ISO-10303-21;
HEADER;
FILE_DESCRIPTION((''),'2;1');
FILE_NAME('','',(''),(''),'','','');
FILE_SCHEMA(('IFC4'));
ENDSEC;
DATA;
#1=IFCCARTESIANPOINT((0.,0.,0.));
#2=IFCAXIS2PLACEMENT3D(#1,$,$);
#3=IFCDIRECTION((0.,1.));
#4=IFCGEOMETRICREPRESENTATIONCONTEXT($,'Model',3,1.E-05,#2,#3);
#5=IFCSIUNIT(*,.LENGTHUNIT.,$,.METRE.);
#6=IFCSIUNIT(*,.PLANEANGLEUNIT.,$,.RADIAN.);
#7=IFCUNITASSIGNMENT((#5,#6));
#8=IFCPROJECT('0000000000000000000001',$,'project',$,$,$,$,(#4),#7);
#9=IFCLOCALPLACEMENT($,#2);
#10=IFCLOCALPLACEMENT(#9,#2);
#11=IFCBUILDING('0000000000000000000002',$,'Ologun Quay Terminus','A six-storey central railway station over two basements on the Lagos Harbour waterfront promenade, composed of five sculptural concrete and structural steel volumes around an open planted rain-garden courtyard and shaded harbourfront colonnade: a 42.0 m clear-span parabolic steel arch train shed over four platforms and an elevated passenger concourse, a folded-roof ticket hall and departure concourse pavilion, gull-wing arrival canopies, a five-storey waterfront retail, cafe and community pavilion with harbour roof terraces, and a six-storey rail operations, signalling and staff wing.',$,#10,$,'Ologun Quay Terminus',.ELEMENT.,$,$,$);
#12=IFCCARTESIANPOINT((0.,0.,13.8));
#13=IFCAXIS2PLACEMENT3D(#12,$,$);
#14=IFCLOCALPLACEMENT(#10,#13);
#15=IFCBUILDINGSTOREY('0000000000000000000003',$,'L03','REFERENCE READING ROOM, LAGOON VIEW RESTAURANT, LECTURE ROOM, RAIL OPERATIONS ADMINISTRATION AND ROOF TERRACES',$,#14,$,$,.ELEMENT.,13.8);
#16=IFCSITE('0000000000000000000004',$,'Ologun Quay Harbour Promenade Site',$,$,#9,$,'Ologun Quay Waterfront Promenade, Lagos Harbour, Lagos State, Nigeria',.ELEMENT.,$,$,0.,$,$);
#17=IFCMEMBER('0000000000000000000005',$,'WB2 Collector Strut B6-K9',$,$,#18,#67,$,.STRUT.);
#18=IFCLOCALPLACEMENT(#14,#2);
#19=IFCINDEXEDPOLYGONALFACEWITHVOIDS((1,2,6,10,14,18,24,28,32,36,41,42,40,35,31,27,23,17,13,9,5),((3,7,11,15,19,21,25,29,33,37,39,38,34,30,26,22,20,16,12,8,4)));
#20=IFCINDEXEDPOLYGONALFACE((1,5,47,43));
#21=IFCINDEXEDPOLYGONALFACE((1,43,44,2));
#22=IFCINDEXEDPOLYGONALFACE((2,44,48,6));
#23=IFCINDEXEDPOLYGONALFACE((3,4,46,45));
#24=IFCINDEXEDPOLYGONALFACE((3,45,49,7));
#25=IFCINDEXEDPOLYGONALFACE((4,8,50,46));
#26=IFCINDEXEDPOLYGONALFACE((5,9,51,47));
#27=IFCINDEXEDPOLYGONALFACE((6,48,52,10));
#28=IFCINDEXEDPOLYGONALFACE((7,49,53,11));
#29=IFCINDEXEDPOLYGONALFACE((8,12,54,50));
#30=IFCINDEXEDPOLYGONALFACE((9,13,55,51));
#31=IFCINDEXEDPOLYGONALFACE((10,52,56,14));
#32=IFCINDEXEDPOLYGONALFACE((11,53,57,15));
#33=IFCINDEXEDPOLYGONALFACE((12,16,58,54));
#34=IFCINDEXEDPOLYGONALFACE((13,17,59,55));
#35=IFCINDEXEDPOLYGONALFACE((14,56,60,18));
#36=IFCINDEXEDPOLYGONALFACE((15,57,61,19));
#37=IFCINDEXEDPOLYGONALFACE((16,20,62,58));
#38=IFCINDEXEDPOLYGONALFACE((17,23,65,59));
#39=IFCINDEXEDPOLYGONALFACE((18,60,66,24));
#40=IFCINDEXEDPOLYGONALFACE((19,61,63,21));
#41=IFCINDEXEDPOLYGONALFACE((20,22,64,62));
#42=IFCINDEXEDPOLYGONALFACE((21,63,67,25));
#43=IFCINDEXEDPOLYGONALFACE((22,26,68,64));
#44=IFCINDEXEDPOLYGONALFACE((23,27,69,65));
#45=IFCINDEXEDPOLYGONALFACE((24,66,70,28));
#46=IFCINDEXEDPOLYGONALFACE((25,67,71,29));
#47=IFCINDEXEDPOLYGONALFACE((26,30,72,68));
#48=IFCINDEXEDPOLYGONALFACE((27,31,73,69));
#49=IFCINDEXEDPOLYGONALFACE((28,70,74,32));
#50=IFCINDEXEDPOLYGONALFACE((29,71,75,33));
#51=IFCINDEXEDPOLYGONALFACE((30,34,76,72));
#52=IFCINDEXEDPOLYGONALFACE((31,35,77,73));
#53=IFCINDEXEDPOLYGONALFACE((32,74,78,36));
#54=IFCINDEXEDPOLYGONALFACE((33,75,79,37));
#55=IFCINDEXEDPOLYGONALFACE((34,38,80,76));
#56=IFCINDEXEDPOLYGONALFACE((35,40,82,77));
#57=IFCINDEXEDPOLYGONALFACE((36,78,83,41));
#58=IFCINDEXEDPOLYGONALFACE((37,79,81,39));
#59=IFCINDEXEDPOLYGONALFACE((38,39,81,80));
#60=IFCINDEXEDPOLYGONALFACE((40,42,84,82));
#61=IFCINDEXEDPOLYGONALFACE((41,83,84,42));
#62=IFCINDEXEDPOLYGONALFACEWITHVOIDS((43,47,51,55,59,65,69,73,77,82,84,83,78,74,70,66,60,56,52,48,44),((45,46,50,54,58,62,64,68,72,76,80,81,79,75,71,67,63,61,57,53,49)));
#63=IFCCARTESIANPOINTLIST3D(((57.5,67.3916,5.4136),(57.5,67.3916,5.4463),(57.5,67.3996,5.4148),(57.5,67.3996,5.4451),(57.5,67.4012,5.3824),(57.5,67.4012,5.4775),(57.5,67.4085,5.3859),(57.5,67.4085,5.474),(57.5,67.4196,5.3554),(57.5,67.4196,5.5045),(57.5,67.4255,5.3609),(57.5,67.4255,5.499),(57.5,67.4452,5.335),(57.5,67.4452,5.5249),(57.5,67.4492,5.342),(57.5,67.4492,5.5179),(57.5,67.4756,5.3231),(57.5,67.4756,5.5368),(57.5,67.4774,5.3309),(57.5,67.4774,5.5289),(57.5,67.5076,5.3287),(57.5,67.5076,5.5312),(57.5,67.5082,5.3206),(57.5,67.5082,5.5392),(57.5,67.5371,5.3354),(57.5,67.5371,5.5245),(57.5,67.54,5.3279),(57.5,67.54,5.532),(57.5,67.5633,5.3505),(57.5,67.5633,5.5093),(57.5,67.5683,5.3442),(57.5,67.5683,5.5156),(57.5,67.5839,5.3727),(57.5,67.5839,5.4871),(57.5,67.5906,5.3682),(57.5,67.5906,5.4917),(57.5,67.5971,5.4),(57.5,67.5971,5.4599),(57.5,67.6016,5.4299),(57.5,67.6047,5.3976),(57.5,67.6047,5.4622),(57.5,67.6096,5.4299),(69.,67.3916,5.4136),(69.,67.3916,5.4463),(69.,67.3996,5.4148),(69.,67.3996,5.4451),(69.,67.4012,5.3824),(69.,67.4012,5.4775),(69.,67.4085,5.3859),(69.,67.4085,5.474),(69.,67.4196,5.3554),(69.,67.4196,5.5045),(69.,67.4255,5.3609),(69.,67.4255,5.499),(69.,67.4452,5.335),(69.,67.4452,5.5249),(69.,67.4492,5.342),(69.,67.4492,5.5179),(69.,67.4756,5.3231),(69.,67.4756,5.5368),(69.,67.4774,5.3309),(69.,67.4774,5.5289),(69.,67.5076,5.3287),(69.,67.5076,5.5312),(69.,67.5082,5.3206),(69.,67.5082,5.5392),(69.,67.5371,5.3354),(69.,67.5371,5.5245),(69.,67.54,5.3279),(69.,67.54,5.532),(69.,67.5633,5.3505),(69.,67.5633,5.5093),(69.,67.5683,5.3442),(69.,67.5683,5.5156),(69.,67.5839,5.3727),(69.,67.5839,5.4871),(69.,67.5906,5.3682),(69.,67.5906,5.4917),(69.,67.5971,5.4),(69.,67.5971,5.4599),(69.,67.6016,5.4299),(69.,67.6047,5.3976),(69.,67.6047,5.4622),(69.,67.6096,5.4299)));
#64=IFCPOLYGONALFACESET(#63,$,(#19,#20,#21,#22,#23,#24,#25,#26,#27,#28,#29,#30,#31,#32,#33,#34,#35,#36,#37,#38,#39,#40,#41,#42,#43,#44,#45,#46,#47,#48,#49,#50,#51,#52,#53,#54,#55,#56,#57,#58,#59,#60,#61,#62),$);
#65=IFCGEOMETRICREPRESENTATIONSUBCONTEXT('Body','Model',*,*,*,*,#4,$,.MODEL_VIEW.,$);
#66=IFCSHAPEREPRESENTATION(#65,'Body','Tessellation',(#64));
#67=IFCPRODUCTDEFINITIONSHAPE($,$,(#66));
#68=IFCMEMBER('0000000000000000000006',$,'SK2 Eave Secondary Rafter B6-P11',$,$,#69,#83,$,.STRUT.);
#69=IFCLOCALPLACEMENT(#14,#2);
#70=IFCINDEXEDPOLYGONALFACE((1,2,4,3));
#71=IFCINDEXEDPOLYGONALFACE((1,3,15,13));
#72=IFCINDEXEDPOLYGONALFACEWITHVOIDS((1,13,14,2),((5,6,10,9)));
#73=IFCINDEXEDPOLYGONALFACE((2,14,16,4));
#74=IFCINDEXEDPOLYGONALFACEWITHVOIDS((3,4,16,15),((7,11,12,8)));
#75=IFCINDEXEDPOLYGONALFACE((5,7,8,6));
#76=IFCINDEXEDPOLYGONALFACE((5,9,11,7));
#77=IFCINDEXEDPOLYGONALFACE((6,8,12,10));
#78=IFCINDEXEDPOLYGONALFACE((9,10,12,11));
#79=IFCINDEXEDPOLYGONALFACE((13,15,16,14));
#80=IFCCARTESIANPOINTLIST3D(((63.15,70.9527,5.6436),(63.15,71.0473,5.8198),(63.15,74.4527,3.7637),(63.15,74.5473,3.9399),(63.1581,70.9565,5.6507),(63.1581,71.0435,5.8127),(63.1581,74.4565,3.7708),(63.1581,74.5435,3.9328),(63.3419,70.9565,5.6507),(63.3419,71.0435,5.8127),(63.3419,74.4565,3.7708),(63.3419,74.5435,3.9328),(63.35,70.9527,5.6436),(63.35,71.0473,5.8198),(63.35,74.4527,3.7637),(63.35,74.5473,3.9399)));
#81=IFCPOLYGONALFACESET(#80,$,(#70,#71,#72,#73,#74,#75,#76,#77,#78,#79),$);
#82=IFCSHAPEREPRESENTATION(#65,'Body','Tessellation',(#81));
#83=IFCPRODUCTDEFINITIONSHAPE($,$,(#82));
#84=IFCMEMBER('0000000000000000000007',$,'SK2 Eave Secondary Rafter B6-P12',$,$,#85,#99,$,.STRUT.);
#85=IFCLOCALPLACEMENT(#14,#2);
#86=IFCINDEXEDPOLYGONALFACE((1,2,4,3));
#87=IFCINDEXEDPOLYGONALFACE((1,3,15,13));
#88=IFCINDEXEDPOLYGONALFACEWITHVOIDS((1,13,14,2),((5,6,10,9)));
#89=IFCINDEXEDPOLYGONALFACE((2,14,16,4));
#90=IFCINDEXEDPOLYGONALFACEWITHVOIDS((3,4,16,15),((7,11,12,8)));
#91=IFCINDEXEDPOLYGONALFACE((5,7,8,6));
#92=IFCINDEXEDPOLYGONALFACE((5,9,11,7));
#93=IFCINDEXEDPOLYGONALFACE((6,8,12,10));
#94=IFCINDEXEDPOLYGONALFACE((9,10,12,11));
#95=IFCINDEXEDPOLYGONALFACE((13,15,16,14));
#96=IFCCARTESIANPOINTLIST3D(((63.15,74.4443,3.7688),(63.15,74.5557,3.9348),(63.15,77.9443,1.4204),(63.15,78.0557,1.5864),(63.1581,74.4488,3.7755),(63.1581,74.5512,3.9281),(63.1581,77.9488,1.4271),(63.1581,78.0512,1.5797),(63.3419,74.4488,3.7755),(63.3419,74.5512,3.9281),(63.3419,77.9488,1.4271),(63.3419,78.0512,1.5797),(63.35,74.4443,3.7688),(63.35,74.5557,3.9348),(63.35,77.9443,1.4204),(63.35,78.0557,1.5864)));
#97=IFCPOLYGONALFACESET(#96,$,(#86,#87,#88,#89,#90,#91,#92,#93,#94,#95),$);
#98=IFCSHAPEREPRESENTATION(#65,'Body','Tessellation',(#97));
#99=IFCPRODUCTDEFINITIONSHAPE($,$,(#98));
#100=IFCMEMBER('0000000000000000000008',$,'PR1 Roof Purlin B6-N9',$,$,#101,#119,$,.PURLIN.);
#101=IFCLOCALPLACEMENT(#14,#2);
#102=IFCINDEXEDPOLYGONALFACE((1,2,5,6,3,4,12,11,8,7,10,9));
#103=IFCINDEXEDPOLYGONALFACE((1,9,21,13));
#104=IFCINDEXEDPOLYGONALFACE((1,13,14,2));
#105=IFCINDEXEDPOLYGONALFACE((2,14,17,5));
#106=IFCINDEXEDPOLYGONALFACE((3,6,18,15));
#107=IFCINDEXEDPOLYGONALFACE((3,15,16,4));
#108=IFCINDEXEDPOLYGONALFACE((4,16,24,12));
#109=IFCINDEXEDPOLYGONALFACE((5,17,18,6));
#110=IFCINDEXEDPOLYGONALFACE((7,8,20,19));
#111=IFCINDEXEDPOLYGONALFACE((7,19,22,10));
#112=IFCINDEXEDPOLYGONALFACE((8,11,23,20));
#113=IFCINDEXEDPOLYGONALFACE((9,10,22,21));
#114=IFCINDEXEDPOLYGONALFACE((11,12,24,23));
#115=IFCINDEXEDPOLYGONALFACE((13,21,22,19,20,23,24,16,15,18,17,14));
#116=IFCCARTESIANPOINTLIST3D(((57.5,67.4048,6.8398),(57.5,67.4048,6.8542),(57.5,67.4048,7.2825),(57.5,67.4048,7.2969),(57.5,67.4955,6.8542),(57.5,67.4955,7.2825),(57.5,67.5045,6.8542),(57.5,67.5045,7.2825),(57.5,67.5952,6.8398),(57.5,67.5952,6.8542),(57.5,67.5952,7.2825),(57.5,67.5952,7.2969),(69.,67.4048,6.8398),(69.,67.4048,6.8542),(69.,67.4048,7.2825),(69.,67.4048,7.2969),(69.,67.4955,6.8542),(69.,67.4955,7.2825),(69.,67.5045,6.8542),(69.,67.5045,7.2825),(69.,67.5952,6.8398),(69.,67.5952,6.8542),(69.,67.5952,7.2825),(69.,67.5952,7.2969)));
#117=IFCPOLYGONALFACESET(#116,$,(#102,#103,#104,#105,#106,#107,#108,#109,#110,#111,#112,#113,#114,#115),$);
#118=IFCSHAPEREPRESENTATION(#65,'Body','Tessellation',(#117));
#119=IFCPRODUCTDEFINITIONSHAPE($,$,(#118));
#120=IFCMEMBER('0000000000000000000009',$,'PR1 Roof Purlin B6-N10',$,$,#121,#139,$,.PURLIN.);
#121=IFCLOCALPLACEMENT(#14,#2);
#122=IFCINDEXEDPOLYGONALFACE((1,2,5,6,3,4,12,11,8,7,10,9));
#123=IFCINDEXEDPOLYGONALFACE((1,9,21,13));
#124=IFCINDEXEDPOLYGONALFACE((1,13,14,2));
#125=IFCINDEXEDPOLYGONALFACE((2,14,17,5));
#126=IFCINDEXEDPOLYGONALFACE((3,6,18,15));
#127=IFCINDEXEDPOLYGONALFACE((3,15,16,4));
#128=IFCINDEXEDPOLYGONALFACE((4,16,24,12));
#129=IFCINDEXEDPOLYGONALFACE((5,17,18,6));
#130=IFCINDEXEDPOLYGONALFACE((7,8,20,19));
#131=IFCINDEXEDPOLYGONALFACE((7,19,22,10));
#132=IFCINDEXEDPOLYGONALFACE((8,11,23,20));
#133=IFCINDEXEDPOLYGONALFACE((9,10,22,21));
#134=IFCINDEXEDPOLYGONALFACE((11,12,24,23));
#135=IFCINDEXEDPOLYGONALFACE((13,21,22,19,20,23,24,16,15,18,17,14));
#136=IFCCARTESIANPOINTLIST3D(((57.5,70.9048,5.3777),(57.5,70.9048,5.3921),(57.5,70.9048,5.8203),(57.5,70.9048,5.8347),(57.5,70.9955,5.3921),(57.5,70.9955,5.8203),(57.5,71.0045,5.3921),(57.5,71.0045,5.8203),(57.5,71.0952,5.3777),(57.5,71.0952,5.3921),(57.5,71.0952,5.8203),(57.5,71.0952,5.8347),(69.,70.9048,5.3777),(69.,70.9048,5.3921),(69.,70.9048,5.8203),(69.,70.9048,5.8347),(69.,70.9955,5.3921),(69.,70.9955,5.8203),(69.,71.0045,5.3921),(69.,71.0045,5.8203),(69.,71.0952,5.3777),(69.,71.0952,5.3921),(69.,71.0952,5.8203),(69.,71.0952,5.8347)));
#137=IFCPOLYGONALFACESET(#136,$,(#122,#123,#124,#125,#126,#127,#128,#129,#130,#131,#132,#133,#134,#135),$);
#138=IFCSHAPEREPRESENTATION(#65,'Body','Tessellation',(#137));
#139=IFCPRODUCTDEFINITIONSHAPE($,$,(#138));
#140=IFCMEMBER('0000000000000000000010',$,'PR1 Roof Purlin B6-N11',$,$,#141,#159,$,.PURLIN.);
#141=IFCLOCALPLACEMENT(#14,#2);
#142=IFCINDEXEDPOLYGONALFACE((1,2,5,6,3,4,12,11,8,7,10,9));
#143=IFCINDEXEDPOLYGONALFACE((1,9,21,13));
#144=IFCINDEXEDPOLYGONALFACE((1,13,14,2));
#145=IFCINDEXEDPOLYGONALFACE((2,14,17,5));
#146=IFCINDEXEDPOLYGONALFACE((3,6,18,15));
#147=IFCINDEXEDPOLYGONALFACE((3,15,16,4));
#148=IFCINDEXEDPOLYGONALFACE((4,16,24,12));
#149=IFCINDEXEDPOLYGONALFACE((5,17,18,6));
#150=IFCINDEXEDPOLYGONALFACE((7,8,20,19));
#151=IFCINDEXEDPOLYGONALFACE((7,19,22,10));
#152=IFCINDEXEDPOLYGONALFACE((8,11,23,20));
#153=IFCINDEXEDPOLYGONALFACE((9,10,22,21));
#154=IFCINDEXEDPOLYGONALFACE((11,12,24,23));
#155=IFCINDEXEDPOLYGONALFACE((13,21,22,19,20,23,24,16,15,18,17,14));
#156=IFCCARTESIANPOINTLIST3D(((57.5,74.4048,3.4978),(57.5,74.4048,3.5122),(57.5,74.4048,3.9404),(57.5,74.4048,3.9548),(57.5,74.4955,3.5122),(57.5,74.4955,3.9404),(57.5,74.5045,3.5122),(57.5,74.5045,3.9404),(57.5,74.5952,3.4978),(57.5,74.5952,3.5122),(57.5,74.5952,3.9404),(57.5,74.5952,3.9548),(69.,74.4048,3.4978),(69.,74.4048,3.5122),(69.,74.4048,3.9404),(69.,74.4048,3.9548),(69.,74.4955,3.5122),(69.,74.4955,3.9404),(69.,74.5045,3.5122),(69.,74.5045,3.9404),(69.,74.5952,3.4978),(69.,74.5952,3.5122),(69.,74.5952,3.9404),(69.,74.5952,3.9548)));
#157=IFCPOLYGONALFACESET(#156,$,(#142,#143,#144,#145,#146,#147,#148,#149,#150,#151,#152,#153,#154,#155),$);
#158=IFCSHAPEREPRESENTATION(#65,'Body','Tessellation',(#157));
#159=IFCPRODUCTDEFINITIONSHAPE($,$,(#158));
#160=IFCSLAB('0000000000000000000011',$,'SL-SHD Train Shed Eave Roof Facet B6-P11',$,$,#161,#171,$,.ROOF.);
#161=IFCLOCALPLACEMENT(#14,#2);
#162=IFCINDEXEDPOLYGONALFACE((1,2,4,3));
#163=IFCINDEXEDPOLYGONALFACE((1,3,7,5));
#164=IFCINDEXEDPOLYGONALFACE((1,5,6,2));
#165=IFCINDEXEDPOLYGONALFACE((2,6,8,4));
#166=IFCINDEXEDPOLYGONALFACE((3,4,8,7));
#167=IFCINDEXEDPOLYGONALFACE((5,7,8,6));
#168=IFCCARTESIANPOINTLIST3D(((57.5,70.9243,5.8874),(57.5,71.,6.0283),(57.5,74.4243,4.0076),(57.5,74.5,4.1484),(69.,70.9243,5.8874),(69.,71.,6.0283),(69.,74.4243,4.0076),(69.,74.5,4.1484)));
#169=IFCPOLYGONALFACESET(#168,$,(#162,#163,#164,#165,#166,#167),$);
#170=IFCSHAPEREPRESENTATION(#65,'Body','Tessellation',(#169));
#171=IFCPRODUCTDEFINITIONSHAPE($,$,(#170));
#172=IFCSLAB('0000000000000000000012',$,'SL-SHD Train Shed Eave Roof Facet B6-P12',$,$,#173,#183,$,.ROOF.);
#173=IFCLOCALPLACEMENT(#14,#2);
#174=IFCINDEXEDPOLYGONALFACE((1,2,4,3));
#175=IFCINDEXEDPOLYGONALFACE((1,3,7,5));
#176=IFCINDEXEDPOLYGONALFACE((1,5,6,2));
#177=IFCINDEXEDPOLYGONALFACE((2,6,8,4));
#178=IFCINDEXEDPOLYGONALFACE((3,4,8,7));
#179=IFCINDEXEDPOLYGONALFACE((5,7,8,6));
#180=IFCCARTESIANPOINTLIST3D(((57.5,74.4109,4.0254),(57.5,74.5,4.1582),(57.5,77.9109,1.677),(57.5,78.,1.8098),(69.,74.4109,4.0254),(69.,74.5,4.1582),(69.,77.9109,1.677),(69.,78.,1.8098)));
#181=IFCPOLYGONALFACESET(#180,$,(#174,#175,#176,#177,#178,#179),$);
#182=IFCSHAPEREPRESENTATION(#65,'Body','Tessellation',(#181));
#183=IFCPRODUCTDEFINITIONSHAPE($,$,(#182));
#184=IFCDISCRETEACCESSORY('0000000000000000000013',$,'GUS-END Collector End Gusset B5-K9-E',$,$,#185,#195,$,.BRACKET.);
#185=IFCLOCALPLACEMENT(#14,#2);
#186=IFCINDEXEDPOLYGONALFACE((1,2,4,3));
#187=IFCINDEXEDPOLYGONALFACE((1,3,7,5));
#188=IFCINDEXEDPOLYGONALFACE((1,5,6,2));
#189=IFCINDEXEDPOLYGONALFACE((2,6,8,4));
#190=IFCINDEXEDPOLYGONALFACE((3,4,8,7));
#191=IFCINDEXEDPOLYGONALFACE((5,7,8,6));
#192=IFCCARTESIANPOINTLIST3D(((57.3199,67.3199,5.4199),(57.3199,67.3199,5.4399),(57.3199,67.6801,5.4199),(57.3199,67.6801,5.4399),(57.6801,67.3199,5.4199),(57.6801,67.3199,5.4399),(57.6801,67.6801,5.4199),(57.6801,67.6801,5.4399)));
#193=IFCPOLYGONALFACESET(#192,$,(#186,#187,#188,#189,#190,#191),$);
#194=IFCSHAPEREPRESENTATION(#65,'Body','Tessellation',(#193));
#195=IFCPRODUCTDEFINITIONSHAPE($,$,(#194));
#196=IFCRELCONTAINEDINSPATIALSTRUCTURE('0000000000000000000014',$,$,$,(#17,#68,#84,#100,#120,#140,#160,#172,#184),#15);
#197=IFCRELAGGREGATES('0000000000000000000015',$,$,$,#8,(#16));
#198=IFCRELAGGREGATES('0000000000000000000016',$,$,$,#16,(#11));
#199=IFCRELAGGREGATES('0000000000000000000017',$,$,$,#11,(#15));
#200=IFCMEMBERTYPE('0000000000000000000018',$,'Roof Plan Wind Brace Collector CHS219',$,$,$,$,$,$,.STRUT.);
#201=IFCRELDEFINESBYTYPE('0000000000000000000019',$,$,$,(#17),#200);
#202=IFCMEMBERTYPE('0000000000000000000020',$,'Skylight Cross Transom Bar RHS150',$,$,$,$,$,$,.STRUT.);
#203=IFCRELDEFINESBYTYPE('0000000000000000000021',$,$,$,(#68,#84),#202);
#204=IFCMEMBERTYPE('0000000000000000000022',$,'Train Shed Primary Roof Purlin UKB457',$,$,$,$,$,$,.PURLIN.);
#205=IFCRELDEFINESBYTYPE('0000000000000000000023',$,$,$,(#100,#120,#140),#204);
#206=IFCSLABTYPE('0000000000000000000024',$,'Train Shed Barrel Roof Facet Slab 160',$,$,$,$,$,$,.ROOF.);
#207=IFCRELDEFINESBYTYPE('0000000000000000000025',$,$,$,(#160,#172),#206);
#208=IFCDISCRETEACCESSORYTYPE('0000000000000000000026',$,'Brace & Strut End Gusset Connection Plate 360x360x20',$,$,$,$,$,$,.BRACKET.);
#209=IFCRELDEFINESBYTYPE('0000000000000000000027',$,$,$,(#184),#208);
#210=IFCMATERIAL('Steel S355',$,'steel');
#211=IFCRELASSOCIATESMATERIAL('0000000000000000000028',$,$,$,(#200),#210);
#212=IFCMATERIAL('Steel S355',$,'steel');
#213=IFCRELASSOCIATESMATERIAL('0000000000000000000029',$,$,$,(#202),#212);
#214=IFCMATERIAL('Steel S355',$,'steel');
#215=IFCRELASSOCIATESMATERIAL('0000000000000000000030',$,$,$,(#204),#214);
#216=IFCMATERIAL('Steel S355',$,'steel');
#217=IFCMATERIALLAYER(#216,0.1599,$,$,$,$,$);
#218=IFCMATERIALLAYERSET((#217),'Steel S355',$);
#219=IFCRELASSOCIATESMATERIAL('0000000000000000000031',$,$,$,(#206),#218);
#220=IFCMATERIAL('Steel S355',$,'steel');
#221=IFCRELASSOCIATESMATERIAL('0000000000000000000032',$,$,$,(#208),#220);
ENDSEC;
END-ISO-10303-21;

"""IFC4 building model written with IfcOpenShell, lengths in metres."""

from ifc_helpers import new_model, si_unit, direction, frame, origin, origin_2d, place, context, subcontext, project, spatial, polyline, rectangle, hollow_rectangle, hollow_circle, i_section, outline, extrude, material, layer, layer_set, material_profile, profile_set, type_object, element, save


model = new_model("IFC4")

# Units and contexts
model_context = context("Model", 3, precision=1e-05, world=origin(), true_north=direction((0.0, 1.0)))
body_context = subcontext(model_context, "Body", "Model", "MODEL_VIEW")
ifc_project = project(units=[si_unit("LENGTHUNIT", "METRE"), si_unit("PLANEANGLEUNIT", "RADIAN")], contexts=[model_context])

# Site, building, storey
site_placement = place(None, origin())
site = spatial("IfcSite", under=ifc_project, at=site_placement, Name="Ologun Quay Harbour Promenade Site", LongName="Ologun Quay Waterfront Promenade, Lagos Harbour, Lagos State, Nigeria", CompositionType="ELEMENT", RefElevation=0.0)
building_placement = place(site_placement, origin())
building = spatial("IfcBuilding", under=site, at=building_placement, Name="Ologun Quay Terminus", Description="A six-storey central railway station over two basements on the Lagos Harbour waterfront promenade, composed of five sculptural concrete and structural steel volumes around an open planted rain-garden courtyard and shaded harbourfront colonnade: a 42.0 m clear-span parabolic steel arch train shed over four platforms and an elevated passenger concourse, a folded-roof ticket hall and departure concourse pavilion, gull-wing arrival canopies, a five-storey waterfront retail, cafe and community pavilion with harbour roof terraces, and a six-storey rail operations, signalling and staff wing.", LongName="Ologun Quay Terminus", CompositionType="ELEMENT")
storey_placement = place(building_placement, frame((0.0, 0.0, 13.8)))
storey = spatial("IfcBuildingStorey", under=building, at=storey_placement, Name="L03", Description="REFERENCE READING ROOM, LAGOON VIEW RESTAURANT, LECTURE ROOM, RAIL OPERATIONS ADMINISTRATION AND ROOF TERRACES", CompositionType="ELEMENT", Elevation=13.8)

# Members
ifc_material_1 = material(Name="Steel S355", Category="steel")
ifc_material_profile_1 = material_profile(ifc_material_1, hollow_circle(Radius=0.1096, WallThickness=0.0081, at=origin_2d()), Name="CHS 219.1x8")
ifc_profile_set_1 = profile_set([ifc_material_profile_1], Name="Steel S355")
member_type_1 = type_object("IfcMemberType", Name="Roof Plan Wind Brace Collector CHS219", PredefinedType="STRUT", material=ifc_profile_set_1)
member_1_placement = place(storey_placement, frame((57.5, 67.5, 5.4299), z_axis=(1.0, 0.0, 0.0), x_axis=(0.0, 1.0, 0.0)))
element("IfcMember", 1, at=member_1_placement, inside=storey, type_object=member_type_1, Name="WB2 Collector Strut B6-K9", PredefinedType="STRUT", context=body_context, shape_type="SweptSolid", body=[
    extrude(hollow_circle(Radius=0.1096, WallThickness=0.0081, at=origin_2d()), origin(), (0.0, 0.0, 1.0), 11.5),
])
ifc_material_2 = material(Name="Steel S355", Category="steel")
ifc_material_profile_2 = material_profile(ifc_material_2, hollow_rectangle(XDim=0.2, YDim=0.2, WallThickness=0.0081, at=origin_2d()), Name="SHS 200x200x8")
ifc_profile_set_2 = profile_set([ifc_material_profile_2], Name="Steel S355")
member_type_2 = type_object("IfcMemberType", Name="Skylight Cross Transom Bar RHS150", PredefinedType="STRUT", material=ifc_profile_set_2)
member_2_placement = place(storey_placement, frame((63.25, 71.0, 5.7317), z_axis=(0.0, 0.880968, -0.473176), x_axis=(-1.0, 0.0, 0.0)))
element("IfcMember", 2, at=member_2_placement, inside=storey, type_object=member_type_2, Name="SK2 Eave Secondary Rafter B6-P11", PredefinedType="STRUT", context=body_context, shape_type="SweptSolid", body=[
    extrude(hollow_rectangle(XDim=0.2, YDim=0.2, WallThickness=0.0081, at=origin_2d()), origin(), (0.0, 0.0, 1.0), 3.9729),
])
member_3_placement = place(storey_placement, frame((63.25, 74.5, 3.8518), z_axis=(0.0, 0.830398, -0.557171), x_axis=(-1.0, 0.0, 0.0)))
element("IfcMember", 3, at=member_3_placement, inside=storey, type_object=member_type_2, Name="SK2 Eave Secondary Rafter B6-P12", PredefinedType="STRUT", context=body_context, shape_type="SweptSolid", body=[
    extrude(hollow_rectangle(XDim=0.2, YDim=0.2, WallThickness=0.0081, at=origin_2d()), origin(), (0.0, 0.0, 1.0), 4.2148),
])
ifc_material_3 = material(Name="Steel S355", Category="steel")
ifc_material_profile_3 = material_profile(ifc_material_3, i_section(OverallWidth=0.1904, OverallDepth=0.457, WebThickness=0.009, FlangeThickness=0.0144, at=origin_2d()), Name="UKB 457x191x74")
ifc_profile_set_3 = profile_set([ifc_material_profile_3], Name="Steel S355")
member_type_3 = type_object("IfcMemberType", Name="Train Shed Primary Roof Purlin UKB457", PredefinedType="PURLIN", material=ifc_profile_set_3)
for number, where, z_axis, x_axis, name in (
    (4, (57.5, 67.5, 7.0684), (1.0, 0.0, 0.0), (0.0, 1.0, 0.0), "PR1 Roof Purlin B6-N9"),
    (5, (57.5, 71.0, 5.6062), (1.0, 0.0, 0.0), (0.0, 1.0, 0.0), "PR1 Roof Purlin B6-N10"),
    (6, (57.5, 74.5, 3.7263), (1.0, 0.0, 0.0), (0.0, 1.0, 0.0), "PR1 Roof Purlin B6-N11"),
):
    element("IfcMember", number, at=place(storey_placement, frame(where, z_axis=z_axis, x_axis=x_axis)), inside=storey, type_object=member_type_3, Name=name, PredefinedType="PURLIN", context=body_context, shape_type="SweptSolid", body=[
        extrude(i_section(OverallWidth=0.1904, OverallDepth=0.457, WebThickness=0.009, FlangeThickness=0.0144, at=origin_2d()), origin(), (0.0, 0.0, 1.0), 11.5),
    ])

# Slabs
ifc_material_4 = material(Name="Steel S355", Category="steel")
ifc_layer = layer(ifc_material_4, 0.1599)
ifc_layer_set = layer_set([ifc_layer], Name="Steel S355")
slab_type = type_object("IfcSlabType", Name="Train Shed Barrel Roof Facet Slab 160", PredefinedType="ROOF", material=ifc_layer_set)
slab_1_placement = place(storey_placement, frame((57.5, 71.0, 6.0283), z_axis=(0.0, 0.473176, 0.880968), x_axis=(1.0, 0.0, 0.0)))
element("IfcSlab", 7, at=slab_1_placement, inside=storey, type_object=slab_type, Name="SL-SHD Train Shed Eave Roof Facet B6-P11", PredefinedType="ROOF", context=body_context, shape_type="SweptSolid", body=[
    extrude(outline(polyline([(0.0, 0.0), (11.5, 0.0), (11.5, 3.9729), (0.0, 3.9729), (0.0, 0.0)])), origin(), (0.0, 0.0, -1.0), 0.1599),
])
slab_2_placement = place(storey_placement, frame((57.5, 74.5, 4.1582), z_axis=(0.0, 0.557171, 0.830398), x_axis=(1.0, 0.0, 0.0)))
element("IfcSlab", 8, at=slab_2_placement, inside=storey, type_object=slab_type, Name="SL-SHD Train Shed Eave Roof Facet B6-P12", PredefinedType="ROOF", context=body_context, shape_type="SweptSolid", body=[
    extrude(outline(polyline([(0.0, 0.0), (11.5, 0.0), (11.5, 4.2148), (0.0, 4.2148), (0.0, 0.0)])), origin(), (0.0, 0.0, -1.0), 0.1599),
])

# Discrete accessory
ifc_material_5 = material(Name="Steel S355", Category="steel")
discrete_accessory_type = type_object("IfcDiscreteAccessoryType", Name="Brace & Strut End Gusset Connection Plate 360x360x20", PredefinedType="BRACKET", material=ifc_material_5)
discrete_accessory_placement = place(storey_placement, frame((57.5, 67.5, 5.4199), z_axis=(0.0, 0.0, 1.0), x_axis=(1.0, 0.0, 0.0)))
element("IfcDiscreteAccessory", 9, at=discrete_accessory_placement, inside=storey, type_object=discrete_accessory_type, Name="GUS-END Collector End Gusset B5-K9-E", PredefinedType="BRACKET", context=body_context, shape_type="SweptSolid", body=[
    extrude(rectangle(XDim=0.3601, YDim=0.3601, at=origin_2d()), origin(), (0.0, 0.0, 1.0), 0.02),
])

save(model, "model.ifc")
